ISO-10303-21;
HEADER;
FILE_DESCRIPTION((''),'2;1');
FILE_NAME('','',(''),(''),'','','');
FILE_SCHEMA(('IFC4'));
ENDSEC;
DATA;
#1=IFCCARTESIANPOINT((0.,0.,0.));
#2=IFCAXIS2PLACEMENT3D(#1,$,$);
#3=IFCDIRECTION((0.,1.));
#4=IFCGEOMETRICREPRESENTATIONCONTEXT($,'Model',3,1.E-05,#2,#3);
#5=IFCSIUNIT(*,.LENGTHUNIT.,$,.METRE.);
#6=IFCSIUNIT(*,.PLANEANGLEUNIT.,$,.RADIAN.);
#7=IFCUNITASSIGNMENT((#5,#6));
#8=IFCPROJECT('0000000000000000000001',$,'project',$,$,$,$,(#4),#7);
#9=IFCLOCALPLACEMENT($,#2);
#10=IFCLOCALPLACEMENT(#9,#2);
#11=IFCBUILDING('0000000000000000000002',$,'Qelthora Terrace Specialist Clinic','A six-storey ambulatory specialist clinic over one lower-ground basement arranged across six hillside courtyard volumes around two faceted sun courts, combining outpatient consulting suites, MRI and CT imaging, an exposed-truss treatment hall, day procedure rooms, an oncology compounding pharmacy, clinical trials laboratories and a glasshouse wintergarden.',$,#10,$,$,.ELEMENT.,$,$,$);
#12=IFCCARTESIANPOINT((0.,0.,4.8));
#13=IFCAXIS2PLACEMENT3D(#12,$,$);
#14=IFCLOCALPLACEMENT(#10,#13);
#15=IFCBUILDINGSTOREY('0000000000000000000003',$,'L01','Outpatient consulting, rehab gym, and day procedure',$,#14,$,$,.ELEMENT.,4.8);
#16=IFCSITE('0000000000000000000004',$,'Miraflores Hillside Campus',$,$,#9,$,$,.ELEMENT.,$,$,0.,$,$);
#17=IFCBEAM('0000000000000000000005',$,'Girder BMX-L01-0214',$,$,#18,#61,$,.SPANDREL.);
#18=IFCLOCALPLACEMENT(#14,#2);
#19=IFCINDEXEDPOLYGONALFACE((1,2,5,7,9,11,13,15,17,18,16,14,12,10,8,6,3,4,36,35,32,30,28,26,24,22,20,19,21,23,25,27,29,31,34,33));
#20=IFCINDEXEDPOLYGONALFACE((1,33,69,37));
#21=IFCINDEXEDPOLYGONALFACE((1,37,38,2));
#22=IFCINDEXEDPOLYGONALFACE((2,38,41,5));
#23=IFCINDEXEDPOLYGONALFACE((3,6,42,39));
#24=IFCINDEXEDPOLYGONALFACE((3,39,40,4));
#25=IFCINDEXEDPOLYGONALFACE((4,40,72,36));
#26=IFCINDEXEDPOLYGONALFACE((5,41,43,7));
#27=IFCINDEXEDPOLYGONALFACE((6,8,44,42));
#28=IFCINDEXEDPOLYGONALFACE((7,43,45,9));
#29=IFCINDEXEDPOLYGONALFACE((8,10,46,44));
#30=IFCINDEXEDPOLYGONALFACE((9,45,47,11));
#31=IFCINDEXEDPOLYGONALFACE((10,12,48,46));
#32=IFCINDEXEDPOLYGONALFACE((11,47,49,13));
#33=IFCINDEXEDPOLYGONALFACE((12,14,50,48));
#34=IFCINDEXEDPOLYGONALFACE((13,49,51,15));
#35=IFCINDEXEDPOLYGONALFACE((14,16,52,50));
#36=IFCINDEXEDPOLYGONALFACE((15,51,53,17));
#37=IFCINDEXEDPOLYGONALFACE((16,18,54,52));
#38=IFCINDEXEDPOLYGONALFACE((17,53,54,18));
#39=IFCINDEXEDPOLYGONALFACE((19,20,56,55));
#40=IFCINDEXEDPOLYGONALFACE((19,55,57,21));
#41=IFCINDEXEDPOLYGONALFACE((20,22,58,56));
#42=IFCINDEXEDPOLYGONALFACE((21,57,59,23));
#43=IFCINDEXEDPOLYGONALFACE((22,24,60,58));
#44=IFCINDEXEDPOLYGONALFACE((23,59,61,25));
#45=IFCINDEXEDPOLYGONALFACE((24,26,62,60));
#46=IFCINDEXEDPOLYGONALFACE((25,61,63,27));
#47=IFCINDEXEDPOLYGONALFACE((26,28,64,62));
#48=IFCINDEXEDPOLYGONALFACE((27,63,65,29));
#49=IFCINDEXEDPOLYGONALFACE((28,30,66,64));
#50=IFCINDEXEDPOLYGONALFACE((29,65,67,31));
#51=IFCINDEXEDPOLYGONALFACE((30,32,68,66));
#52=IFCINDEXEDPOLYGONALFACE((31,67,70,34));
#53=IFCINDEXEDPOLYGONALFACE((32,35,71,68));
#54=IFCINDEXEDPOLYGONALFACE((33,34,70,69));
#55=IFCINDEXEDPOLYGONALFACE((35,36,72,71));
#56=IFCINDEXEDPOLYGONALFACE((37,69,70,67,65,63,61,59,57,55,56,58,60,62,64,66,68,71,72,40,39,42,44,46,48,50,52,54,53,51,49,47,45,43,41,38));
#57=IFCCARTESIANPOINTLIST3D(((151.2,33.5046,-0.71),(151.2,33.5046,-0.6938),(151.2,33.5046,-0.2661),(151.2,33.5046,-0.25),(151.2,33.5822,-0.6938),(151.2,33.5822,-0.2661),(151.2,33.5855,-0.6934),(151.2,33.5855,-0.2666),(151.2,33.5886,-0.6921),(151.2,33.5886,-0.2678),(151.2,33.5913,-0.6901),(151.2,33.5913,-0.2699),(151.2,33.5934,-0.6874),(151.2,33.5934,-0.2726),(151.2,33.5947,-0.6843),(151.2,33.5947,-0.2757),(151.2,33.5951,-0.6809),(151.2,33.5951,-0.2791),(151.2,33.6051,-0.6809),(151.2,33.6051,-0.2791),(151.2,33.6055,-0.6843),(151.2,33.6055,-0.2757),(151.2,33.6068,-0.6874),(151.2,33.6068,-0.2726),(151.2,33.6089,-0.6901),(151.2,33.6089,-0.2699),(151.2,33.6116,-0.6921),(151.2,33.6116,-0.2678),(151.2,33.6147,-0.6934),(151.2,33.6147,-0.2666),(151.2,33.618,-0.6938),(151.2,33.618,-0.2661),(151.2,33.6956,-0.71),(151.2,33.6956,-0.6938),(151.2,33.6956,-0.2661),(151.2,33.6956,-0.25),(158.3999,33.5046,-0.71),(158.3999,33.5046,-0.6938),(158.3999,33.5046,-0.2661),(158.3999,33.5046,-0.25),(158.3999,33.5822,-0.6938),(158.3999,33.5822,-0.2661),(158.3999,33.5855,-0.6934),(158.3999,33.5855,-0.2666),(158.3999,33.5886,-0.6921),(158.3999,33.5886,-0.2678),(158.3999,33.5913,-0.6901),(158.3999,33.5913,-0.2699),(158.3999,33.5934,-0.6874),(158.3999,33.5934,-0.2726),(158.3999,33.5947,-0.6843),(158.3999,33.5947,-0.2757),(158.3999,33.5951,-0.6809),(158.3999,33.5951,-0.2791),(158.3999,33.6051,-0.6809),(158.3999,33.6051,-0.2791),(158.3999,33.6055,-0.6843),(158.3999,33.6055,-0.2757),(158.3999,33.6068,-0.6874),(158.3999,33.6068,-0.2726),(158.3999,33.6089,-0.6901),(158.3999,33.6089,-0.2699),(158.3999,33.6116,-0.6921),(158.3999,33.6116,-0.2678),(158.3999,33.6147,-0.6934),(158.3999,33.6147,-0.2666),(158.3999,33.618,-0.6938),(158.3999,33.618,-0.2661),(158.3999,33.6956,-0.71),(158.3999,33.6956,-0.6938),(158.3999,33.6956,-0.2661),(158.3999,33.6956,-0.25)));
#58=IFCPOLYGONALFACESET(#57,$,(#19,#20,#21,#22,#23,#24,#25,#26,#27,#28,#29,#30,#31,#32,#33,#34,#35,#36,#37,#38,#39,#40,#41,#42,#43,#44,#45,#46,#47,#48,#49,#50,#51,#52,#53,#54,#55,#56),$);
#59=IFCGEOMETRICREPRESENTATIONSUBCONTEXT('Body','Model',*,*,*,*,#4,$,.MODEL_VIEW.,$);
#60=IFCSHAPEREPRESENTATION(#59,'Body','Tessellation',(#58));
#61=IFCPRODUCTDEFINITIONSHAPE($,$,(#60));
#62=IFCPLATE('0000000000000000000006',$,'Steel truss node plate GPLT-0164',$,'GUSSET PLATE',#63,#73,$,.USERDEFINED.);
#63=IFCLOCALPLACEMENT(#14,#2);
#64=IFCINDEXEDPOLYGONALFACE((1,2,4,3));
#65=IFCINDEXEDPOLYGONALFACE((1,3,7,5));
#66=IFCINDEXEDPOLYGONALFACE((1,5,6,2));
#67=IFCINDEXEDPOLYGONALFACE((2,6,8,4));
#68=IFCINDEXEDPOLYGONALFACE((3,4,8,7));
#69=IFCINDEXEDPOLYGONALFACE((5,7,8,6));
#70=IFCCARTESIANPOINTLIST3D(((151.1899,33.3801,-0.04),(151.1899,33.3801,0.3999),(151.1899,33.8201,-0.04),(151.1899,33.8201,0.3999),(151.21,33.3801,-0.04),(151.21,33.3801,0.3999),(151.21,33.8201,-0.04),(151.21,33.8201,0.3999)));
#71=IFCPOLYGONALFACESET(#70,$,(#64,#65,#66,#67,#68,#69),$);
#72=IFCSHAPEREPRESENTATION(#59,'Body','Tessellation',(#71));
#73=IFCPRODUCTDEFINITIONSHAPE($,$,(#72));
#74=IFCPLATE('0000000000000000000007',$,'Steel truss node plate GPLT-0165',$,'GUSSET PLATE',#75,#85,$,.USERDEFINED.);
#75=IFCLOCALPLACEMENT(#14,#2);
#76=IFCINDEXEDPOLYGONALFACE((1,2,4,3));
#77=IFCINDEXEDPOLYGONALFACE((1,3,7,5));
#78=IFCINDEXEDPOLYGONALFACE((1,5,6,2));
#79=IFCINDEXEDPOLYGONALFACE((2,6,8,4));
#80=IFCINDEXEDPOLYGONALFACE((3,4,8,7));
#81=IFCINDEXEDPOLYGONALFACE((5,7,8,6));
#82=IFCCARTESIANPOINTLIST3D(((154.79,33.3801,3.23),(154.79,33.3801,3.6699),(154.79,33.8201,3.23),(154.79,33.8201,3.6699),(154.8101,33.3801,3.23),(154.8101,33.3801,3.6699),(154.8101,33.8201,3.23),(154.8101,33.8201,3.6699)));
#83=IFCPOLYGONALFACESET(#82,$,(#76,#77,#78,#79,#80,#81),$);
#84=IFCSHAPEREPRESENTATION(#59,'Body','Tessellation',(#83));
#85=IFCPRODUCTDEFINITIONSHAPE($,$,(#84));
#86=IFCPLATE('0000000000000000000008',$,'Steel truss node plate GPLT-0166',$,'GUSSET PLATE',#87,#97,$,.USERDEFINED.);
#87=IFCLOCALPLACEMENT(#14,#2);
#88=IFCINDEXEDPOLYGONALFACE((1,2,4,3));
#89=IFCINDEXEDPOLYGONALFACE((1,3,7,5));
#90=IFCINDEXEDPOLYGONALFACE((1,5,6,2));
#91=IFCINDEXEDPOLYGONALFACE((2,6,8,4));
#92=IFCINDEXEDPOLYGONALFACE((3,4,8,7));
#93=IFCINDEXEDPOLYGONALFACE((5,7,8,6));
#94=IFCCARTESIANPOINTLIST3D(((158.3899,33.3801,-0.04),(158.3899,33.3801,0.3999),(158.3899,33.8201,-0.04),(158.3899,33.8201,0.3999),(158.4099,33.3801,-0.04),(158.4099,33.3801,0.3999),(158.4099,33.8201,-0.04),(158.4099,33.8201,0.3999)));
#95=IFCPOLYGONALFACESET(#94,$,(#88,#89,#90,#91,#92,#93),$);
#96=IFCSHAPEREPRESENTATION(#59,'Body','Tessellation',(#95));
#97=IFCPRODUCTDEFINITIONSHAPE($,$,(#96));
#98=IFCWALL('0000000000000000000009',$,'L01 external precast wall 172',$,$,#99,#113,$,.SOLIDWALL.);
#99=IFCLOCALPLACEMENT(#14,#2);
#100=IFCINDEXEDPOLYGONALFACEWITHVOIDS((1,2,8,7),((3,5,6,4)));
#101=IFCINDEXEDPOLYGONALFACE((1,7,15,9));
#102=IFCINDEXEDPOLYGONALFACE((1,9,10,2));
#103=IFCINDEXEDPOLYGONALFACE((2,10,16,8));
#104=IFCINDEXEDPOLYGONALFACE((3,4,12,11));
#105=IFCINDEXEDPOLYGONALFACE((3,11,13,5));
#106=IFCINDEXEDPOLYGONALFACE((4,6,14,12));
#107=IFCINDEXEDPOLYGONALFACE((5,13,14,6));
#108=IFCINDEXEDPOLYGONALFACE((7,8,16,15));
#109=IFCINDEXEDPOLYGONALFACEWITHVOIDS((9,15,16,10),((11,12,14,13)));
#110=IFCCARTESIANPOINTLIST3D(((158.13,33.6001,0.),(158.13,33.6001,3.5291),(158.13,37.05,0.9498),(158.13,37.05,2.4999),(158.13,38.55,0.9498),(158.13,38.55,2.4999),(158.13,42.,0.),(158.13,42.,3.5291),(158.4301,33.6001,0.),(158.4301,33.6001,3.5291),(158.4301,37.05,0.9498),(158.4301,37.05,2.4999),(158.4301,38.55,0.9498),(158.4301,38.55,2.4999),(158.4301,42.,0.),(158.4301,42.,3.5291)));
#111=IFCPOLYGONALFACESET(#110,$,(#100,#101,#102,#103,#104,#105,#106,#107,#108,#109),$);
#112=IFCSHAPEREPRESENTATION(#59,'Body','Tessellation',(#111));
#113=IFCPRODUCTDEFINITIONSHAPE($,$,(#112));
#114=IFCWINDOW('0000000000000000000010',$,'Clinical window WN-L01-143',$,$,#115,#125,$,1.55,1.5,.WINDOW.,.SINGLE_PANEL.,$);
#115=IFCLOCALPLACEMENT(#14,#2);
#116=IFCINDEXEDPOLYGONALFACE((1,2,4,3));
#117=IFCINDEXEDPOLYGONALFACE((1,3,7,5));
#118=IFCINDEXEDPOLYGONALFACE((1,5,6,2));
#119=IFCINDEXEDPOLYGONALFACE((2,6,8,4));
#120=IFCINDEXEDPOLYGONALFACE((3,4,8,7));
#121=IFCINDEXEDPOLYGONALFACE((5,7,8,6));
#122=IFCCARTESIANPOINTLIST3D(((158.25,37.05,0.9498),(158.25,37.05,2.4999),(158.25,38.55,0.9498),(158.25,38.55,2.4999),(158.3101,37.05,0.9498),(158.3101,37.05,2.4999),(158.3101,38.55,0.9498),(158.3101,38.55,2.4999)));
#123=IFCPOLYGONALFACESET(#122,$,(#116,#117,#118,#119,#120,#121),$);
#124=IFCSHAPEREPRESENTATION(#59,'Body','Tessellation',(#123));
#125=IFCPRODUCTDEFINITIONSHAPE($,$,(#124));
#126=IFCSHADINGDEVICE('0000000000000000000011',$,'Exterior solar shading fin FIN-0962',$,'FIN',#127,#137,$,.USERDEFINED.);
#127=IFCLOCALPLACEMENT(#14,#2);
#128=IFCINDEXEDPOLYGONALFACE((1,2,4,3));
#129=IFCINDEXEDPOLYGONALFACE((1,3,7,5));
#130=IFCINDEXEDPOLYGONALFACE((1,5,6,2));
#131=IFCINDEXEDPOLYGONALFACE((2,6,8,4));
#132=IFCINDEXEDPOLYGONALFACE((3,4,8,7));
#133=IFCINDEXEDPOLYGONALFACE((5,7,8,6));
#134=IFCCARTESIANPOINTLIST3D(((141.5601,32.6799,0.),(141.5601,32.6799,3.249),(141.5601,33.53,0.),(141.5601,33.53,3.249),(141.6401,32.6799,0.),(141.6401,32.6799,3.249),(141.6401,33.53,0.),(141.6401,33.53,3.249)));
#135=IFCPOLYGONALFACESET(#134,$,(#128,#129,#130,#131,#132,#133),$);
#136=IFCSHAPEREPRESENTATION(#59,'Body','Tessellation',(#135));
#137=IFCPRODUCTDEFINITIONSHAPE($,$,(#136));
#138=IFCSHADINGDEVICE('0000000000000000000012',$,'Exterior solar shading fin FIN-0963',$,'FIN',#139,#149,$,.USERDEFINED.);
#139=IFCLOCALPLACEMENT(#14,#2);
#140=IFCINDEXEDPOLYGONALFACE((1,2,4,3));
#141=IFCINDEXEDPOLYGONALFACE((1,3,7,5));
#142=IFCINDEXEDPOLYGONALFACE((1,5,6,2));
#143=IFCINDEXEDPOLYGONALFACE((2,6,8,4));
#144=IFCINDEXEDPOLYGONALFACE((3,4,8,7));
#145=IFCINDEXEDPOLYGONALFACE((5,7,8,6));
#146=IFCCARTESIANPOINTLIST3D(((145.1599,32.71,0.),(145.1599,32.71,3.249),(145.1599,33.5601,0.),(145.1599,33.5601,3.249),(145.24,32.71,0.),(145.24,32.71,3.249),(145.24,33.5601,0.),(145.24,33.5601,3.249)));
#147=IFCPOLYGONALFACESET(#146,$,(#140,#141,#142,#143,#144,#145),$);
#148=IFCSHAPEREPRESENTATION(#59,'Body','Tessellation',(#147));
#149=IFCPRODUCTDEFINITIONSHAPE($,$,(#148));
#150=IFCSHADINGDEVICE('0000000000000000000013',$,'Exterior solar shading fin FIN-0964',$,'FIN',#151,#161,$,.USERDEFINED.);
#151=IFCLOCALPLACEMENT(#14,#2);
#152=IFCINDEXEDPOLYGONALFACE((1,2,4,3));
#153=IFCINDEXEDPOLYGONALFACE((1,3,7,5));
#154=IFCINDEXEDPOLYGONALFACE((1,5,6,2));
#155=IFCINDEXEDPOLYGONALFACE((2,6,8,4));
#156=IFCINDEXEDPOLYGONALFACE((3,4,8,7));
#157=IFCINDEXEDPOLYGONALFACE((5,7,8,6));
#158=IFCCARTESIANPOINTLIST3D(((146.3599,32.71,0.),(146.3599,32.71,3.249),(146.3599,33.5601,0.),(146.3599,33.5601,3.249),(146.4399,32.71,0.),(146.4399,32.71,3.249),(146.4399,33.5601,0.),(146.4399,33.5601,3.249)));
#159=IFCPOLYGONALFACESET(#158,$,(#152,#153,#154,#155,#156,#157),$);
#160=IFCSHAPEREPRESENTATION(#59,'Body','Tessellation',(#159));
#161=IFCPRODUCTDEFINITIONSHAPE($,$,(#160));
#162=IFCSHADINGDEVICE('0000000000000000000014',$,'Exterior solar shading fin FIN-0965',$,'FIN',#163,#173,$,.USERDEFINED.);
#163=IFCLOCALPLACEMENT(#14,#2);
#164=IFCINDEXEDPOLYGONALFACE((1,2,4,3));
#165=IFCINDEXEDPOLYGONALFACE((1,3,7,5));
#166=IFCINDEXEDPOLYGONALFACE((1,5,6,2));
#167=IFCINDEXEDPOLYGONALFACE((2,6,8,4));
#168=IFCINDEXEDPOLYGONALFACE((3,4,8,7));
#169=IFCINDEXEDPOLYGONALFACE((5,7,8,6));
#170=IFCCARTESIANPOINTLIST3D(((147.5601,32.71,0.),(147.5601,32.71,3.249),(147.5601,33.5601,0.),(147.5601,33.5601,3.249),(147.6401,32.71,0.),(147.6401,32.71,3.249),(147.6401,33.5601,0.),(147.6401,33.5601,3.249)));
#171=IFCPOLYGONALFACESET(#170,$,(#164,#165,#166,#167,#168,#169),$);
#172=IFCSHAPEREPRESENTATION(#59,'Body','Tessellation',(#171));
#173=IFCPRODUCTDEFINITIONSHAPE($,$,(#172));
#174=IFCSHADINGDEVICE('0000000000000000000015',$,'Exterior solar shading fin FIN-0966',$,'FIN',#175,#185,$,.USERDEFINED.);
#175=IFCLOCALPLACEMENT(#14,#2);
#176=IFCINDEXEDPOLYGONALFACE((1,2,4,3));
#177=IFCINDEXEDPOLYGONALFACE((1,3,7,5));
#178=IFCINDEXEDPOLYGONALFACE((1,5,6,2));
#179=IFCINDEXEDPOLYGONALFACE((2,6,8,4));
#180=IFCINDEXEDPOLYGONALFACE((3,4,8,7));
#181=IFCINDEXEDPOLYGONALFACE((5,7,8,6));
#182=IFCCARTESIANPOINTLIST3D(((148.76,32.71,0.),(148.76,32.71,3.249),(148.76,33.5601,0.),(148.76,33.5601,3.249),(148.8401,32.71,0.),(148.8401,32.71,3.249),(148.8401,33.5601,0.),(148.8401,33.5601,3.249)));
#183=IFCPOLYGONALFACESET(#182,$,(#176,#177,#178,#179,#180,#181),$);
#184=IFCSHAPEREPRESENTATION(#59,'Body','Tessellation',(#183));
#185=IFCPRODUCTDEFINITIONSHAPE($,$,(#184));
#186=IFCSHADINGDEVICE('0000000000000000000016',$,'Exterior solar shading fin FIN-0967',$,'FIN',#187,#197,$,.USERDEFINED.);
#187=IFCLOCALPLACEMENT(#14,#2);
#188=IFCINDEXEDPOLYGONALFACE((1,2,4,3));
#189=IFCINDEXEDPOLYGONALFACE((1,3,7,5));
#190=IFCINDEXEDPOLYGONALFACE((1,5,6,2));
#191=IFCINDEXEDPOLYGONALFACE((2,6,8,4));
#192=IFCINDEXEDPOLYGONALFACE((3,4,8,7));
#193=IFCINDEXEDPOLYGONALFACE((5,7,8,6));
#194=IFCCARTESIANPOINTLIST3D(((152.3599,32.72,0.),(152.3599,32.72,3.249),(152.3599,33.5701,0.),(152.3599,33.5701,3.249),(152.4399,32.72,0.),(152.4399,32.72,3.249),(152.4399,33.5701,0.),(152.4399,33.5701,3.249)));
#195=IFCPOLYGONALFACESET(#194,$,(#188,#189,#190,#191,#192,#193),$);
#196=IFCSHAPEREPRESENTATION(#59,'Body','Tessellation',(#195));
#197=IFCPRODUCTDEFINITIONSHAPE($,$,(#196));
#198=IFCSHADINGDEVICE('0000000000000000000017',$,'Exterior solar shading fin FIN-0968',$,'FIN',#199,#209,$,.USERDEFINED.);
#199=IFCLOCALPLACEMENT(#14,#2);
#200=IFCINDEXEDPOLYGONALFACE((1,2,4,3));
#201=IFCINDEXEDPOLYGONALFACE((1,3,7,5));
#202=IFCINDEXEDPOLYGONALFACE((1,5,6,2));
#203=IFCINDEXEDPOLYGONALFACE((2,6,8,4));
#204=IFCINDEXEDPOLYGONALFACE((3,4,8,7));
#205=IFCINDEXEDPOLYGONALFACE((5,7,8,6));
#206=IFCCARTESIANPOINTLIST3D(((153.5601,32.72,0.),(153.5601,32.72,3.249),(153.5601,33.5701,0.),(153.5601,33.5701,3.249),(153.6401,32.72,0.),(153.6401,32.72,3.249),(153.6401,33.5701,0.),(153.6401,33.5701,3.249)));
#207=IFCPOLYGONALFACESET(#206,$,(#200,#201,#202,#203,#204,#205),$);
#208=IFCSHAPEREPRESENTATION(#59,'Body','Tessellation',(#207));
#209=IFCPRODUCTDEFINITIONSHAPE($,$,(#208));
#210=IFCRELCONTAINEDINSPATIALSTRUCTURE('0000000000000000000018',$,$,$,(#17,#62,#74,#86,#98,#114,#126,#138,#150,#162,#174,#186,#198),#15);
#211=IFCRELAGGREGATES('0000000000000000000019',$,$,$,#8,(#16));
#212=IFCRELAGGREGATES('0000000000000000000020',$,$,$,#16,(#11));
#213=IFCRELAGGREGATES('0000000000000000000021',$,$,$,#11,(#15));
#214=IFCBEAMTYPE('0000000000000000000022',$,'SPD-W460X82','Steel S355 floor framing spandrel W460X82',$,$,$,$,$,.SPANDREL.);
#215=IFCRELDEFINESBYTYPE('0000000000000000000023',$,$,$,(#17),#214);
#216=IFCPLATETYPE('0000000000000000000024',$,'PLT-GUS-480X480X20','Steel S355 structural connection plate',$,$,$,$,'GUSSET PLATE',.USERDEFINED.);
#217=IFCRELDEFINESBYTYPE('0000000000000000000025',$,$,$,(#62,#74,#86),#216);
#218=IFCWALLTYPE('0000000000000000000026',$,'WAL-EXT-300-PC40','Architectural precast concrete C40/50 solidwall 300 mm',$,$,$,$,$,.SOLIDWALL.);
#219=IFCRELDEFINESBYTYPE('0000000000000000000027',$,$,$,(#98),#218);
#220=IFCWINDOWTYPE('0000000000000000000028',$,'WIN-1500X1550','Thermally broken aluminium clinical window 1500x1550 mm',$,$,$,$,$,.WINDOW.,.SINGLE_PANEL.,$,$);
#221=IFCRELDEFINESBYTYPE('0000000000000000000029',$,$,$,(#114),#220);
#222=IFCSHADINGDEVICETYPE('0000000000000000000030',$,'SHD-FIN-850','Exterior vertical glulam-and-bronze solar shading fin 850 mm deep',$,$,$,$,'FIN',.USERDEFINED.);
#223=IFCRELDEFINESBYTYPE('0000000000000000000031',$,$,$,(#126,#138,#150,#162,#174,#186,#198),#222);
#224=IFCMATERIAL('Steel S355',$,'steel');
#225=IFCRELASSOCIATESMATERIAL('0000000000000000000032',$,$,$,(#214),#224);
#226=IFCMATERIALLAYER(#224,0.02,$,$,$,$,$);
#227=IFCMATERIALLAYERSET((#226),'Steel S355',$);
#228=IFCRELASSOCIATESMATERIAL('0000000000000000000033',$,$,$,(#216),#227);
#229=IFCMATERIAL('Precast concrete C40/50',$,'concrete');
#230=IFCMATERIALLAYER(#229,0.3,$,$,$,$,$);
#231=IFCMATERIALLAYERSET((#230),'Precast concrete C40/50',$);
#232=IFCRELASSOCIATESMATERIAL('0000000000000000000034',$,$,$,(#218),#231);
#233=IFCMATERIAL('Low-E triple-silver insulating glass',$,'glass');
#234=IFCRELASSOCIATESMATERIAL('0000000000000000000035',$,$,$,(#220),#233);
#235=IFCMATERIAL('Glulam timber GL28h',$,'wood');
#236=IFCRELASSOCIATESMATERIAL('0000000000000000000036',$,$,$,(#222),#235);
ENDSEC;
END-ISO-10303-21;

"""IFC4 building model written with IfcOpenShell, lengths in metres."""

from ifc_helpers import new_model, si_unit, direction, frame, frame_2d, origin, origin_2d, place, context, subcontext, project, spatial, rectangle, i_section, extrude, material, layer, layer_set, material_profile, profile_set, type_object, element, fill, save


model = new_model("IFC4")

# Units and contexts
model_context = context("Model", 3, precision=1e-05, world=origin(), true_north=direction((0.0, 1.0)))
body_context = subcontext(model_context, "Body", "Model", "MODEL_VIEW")
ifc_project = project(units=[si_unit("LENGTHUNIT", "METRE"), si_unit("PLANEANGLEUNIT", "RADIAN")], contexts=[model_context])

# Site, building, storey
site_placement = place(None, origin())
site = spatial("IfcSite", under=ifc_project, at=site_placement, Name="Miraflores Hillside Campus", CompositionType="ELEMENT", RefElevation=0.0)
building_placement = place(site_placement, origin())
building = spatial("IfcBuilding", under=site, at=building_placement, Name="Qelthora Terrace Specialist Clinic", Description="A six-storey ambulatory specialist clinic over one lower-ground basement arranged across six hillside courtyard volumes around two faceted sun courts, combining outpatient consulting suites, MRI and CT imaging, an exposed-truss treatment hall, day procedure rooms, an oncology compounding pharmacy, clinical trials laboratories and a glasshouse wintergarden.", CompositionType="ELEMENT")
storey_placement = place(building_placement, frame((0.0, 0.0, 4.8)))
storey = spatial("IfcBuildingStorey", under=building, at=storey_placement, Name="L01", Description="Outpatient consulting, rehab gym, and day procedure", CompositionType="ELEMENT", Elevation=4.8)

# Shared definitions
ifc_material_1 = material(Name="Steel S355", Category="steel")

# Beam
ifc_material_profile_1 = material_profile(ifc_material_1, i_section(OverallWidth=0.1909, OverallDepth=0.46, WebThickness=0.01, FlangeThickness=0.0161, FilletRadius=0.0129, at=origin_2d()), Name="W460X82")
ifc_profile_set_1 = profile_set([ifc_material_profile_1], Name="Steel S355")
beam_type_1 = type_object("IfcBeamType", Name="SPD-W460X82", Description="Steel S355 floor framing spandrel W460X82", PredefinedType="SPANDREL", material=ifc_profile_set_1)
beam_1_placement = place(storey_placement, frame((151.2, 33.6001, -0.48), z_axis=(1.0, 0.0, 0.0), x_axis=(0.0, 1.0, 0.0)))
element("IfcBeam", 1, at=beam_1_placement, inside=storey, type_object=beam_type_1, Name="Girder BMX-L01-0214", PredefinedType="SPANDREL", context=body_context, shape_type="SweptSolid", body=[
    extrude(i_section(OverallWidth=0.1909, OverallDepth=0.46, WebThickness=0.01, FlangeThickness=0.0161, FilletRadius=0.0129, at=origin_2d()), origin(), (0.0, 0.0, 1.0), 7.2),
])

# Plates
ifc_layer_1 = layer(ifc_material_1, 0.02)
ifc_layer_set_1 = layer_set([ifc_layer_1], Name="Steel S355")
plate_type = type_object("IfcPlateType", Name="PLT-GUS-480X480X20", Description="Steel S355 structural connection plate", ElementType="GUSSET PLATE", PredefinedType="USERDEFINED", material=ifc_layer_set_1)
for number, where, z_axis, x_axis, name in (
    (2, (151.2, 33.6001, -0.04), (0.0, 0.0, 1.0), (1.0, 0.0, 0.0), "Steel truss node plate GPLT-0164"),
    (3, (154.8, 33.6001, 3.23), (0.0, 0.0, 1.0), (1.0, 0.0, 0.0), "Steel truss node plate GPLT-0165"),
    (4, (158.3999, 33.6001, -0.04), (0.0, 0.0, 1.0), (1.0, 0.0, 0.0), "Steel truss node plate GPLT-0166"),
):
    element("IfcPlate", number, at=place(storey_placement, frame(where, z_axis=z_axis, x_axis=x_axis)), inside=storey, type_object=plate_type, Name=name, ObjectType="GUSSET PLATE", PredefinedType="USERDEFINED", context=body_context, shape_type="SweptSolid", body=[
        extrude(rectangle(XDim=0.02, YDim=0.4399, at=origin_2d()), origin(), (0.0, 0.0, 1.0), 0.4399),
    ])

# Wall, opening, window
ifc_material_2 = material(Name="Precast concrete C40/50", Category="concrete")
ifc_layer_2 = layer(ifc_material_2, 0.3)
ifc_layer_set_2 = layer_set([ifc_layer_2], Name="Precast concrete C40/50")
wall_type = type_object("IfcWallType", Name="WAL-EXT-300-PC40", Description="Architectural precast concrete C40/50 solidwall 300 mm", PredefinedType="SOLIDWALL", material=ifc_layer_set_2)
wall_placement = place(storey_placement, frame((158.28, 33.6001, 0.0), z_axis=(0.0, 0.0, 1.0), x_axis=(0.0, 1.0, 0.0)))
wall = element("IfcWall", 5, at=wall_placement, inside=storey, type_object=wall_type, Name="L01 external precast wall 172", PredefinedType="SOLIDWALL", context=body_context, shape_type="SweptSolid", body=[
    extrude(rectangle(XDim=8.3999, YDim=0.3, at=frame_2d((4.2, 0.0))), origin(), (0.0, 0.0, 1.0), 3.5291),
])
opening_placement = place(wall_placement, frame((3.45, 0.0, 0.95)))
opening = element("IfcOpeningElement", 6, at=opening_placement, cuts=wall, PredefinedType="OPENING", context=body_context, shape_type="SweptSolid", body=[
    extrude(rectangle(XDim=1.5, YDim=1.55, at=frame_2d((0.75, 0.7749))), frame((0.0, 0.1599, 0.0), z_axis=(0.0, -1.0, 0.0), x_axis=(1.0, 0.0, 0.0)), (0.0, 0.0, 1.0), 0.3201),
])
ifc_material_3 = material(Name="Low-E triple-silver insulating glass", Category="glass")
window_type = type_object("IfcWindowType", Name="WIN-1500X1550", Description="Thermally broken aluminium clinical window 1500x1550 mm", PartitioningType="SINGLE_PANEL", PredefinedType="WINDOW", material=ifc_material_3)
window_placement = place(opening_placement, origin())
window = element("IfcWindow", 7, at=window_placement, inside=storey, type_object=window_type, Name="Clinical window WN-L01-143", OverallHeight=1.55, OverallWidth=1.5, PartitioningType="SINGLE_PANEL", PredefinedType="WINDOW", context=body_context, shape_type="SweptSolid", body=[
    extrude(rectangle(XDim=1.5, YDim=1.55, at=frame_2d((0.75, 0.7749))), frame((0.0, 0.03, 0.0), z_axis=(0.0, -1.0, 0.0), x_axis=(1.0, 0.0, 0.0)), (0.0, 0.0, 1.0), 0.0601),
])
fill(opening, window)

# Shading devices
ifc_material_4 = material(Name="Glulam timber GL28h", Category="wood")
shading_device_type = type_object("IfcShadingDeviceType", Name="SHD-FIN-850", Description="Exterior vertical glulam-and-bronze solar shading fin 850 mm deep", ElementType="FIN", PredefinedType="USERDEFINED", material=ifc_material_4)
for number, where, z_axis, x_axis, name in (
    (8, (141.6001, 33.105, 0.0), (0.0, 0.0, 1.0), (0.0, -1.0, 0.0), "Exterior solar shading fin FIN-0962"),
    (9, (145.2, 33.135, 0.0), (0.0, 0.0, 1.0), (0.0, -1.0, 0.0), "Exterior solar shading fin FIN-0963"),
    (10, (146.3999, 33.135, 0.0), (0.0, 0.0, 1.0), (0.0, -1.0, 0.0), "Exterior solar shading fin FIN-0964"),
    (11, (147.6001, 33.135, 0.0), (0.0, 0.0, 1.0), (0.0, -1.0, 0.0), "Exterior solar shading fin FIN-0965"),
    (12, (148.8, 33.135, 0.0), (0.0, 0.0, 1.0), (0.0, -1.0, 0.0), "Exterior solar shading fin FIN-0966"),
    (13, (152.3999, 33.145, 0.0), (0.0, 0.0, 1.0), (0.0, -1.0, 0.0), "Exterior solar shading fin FIN-0967"),
    (14, (153.6001, 33.145, 0.0), (0.0, 0.0, 1.0), (0.0, -1.0, 0.0), "Exterior solar shading fin FIN-0968"),
):
    element("IfcShadingDevice", number, at=place(storey_placement, frame(where, z_axis=z_axis, x_axis=x_axis)), inside=storey, type_object=shading_device_type, Name=name, ObjectType="FIN", PredefinedType="USERDEFINED", context=body_context, shape_type="SweptSolid", body=[
        extrude(rectangle(XDim=0.8501, YDim=0.0801, at=origin_2d()), origin(), (0.0, 0.0, 1.0), 3.249),
    ])

save(model, "model.ifc")
